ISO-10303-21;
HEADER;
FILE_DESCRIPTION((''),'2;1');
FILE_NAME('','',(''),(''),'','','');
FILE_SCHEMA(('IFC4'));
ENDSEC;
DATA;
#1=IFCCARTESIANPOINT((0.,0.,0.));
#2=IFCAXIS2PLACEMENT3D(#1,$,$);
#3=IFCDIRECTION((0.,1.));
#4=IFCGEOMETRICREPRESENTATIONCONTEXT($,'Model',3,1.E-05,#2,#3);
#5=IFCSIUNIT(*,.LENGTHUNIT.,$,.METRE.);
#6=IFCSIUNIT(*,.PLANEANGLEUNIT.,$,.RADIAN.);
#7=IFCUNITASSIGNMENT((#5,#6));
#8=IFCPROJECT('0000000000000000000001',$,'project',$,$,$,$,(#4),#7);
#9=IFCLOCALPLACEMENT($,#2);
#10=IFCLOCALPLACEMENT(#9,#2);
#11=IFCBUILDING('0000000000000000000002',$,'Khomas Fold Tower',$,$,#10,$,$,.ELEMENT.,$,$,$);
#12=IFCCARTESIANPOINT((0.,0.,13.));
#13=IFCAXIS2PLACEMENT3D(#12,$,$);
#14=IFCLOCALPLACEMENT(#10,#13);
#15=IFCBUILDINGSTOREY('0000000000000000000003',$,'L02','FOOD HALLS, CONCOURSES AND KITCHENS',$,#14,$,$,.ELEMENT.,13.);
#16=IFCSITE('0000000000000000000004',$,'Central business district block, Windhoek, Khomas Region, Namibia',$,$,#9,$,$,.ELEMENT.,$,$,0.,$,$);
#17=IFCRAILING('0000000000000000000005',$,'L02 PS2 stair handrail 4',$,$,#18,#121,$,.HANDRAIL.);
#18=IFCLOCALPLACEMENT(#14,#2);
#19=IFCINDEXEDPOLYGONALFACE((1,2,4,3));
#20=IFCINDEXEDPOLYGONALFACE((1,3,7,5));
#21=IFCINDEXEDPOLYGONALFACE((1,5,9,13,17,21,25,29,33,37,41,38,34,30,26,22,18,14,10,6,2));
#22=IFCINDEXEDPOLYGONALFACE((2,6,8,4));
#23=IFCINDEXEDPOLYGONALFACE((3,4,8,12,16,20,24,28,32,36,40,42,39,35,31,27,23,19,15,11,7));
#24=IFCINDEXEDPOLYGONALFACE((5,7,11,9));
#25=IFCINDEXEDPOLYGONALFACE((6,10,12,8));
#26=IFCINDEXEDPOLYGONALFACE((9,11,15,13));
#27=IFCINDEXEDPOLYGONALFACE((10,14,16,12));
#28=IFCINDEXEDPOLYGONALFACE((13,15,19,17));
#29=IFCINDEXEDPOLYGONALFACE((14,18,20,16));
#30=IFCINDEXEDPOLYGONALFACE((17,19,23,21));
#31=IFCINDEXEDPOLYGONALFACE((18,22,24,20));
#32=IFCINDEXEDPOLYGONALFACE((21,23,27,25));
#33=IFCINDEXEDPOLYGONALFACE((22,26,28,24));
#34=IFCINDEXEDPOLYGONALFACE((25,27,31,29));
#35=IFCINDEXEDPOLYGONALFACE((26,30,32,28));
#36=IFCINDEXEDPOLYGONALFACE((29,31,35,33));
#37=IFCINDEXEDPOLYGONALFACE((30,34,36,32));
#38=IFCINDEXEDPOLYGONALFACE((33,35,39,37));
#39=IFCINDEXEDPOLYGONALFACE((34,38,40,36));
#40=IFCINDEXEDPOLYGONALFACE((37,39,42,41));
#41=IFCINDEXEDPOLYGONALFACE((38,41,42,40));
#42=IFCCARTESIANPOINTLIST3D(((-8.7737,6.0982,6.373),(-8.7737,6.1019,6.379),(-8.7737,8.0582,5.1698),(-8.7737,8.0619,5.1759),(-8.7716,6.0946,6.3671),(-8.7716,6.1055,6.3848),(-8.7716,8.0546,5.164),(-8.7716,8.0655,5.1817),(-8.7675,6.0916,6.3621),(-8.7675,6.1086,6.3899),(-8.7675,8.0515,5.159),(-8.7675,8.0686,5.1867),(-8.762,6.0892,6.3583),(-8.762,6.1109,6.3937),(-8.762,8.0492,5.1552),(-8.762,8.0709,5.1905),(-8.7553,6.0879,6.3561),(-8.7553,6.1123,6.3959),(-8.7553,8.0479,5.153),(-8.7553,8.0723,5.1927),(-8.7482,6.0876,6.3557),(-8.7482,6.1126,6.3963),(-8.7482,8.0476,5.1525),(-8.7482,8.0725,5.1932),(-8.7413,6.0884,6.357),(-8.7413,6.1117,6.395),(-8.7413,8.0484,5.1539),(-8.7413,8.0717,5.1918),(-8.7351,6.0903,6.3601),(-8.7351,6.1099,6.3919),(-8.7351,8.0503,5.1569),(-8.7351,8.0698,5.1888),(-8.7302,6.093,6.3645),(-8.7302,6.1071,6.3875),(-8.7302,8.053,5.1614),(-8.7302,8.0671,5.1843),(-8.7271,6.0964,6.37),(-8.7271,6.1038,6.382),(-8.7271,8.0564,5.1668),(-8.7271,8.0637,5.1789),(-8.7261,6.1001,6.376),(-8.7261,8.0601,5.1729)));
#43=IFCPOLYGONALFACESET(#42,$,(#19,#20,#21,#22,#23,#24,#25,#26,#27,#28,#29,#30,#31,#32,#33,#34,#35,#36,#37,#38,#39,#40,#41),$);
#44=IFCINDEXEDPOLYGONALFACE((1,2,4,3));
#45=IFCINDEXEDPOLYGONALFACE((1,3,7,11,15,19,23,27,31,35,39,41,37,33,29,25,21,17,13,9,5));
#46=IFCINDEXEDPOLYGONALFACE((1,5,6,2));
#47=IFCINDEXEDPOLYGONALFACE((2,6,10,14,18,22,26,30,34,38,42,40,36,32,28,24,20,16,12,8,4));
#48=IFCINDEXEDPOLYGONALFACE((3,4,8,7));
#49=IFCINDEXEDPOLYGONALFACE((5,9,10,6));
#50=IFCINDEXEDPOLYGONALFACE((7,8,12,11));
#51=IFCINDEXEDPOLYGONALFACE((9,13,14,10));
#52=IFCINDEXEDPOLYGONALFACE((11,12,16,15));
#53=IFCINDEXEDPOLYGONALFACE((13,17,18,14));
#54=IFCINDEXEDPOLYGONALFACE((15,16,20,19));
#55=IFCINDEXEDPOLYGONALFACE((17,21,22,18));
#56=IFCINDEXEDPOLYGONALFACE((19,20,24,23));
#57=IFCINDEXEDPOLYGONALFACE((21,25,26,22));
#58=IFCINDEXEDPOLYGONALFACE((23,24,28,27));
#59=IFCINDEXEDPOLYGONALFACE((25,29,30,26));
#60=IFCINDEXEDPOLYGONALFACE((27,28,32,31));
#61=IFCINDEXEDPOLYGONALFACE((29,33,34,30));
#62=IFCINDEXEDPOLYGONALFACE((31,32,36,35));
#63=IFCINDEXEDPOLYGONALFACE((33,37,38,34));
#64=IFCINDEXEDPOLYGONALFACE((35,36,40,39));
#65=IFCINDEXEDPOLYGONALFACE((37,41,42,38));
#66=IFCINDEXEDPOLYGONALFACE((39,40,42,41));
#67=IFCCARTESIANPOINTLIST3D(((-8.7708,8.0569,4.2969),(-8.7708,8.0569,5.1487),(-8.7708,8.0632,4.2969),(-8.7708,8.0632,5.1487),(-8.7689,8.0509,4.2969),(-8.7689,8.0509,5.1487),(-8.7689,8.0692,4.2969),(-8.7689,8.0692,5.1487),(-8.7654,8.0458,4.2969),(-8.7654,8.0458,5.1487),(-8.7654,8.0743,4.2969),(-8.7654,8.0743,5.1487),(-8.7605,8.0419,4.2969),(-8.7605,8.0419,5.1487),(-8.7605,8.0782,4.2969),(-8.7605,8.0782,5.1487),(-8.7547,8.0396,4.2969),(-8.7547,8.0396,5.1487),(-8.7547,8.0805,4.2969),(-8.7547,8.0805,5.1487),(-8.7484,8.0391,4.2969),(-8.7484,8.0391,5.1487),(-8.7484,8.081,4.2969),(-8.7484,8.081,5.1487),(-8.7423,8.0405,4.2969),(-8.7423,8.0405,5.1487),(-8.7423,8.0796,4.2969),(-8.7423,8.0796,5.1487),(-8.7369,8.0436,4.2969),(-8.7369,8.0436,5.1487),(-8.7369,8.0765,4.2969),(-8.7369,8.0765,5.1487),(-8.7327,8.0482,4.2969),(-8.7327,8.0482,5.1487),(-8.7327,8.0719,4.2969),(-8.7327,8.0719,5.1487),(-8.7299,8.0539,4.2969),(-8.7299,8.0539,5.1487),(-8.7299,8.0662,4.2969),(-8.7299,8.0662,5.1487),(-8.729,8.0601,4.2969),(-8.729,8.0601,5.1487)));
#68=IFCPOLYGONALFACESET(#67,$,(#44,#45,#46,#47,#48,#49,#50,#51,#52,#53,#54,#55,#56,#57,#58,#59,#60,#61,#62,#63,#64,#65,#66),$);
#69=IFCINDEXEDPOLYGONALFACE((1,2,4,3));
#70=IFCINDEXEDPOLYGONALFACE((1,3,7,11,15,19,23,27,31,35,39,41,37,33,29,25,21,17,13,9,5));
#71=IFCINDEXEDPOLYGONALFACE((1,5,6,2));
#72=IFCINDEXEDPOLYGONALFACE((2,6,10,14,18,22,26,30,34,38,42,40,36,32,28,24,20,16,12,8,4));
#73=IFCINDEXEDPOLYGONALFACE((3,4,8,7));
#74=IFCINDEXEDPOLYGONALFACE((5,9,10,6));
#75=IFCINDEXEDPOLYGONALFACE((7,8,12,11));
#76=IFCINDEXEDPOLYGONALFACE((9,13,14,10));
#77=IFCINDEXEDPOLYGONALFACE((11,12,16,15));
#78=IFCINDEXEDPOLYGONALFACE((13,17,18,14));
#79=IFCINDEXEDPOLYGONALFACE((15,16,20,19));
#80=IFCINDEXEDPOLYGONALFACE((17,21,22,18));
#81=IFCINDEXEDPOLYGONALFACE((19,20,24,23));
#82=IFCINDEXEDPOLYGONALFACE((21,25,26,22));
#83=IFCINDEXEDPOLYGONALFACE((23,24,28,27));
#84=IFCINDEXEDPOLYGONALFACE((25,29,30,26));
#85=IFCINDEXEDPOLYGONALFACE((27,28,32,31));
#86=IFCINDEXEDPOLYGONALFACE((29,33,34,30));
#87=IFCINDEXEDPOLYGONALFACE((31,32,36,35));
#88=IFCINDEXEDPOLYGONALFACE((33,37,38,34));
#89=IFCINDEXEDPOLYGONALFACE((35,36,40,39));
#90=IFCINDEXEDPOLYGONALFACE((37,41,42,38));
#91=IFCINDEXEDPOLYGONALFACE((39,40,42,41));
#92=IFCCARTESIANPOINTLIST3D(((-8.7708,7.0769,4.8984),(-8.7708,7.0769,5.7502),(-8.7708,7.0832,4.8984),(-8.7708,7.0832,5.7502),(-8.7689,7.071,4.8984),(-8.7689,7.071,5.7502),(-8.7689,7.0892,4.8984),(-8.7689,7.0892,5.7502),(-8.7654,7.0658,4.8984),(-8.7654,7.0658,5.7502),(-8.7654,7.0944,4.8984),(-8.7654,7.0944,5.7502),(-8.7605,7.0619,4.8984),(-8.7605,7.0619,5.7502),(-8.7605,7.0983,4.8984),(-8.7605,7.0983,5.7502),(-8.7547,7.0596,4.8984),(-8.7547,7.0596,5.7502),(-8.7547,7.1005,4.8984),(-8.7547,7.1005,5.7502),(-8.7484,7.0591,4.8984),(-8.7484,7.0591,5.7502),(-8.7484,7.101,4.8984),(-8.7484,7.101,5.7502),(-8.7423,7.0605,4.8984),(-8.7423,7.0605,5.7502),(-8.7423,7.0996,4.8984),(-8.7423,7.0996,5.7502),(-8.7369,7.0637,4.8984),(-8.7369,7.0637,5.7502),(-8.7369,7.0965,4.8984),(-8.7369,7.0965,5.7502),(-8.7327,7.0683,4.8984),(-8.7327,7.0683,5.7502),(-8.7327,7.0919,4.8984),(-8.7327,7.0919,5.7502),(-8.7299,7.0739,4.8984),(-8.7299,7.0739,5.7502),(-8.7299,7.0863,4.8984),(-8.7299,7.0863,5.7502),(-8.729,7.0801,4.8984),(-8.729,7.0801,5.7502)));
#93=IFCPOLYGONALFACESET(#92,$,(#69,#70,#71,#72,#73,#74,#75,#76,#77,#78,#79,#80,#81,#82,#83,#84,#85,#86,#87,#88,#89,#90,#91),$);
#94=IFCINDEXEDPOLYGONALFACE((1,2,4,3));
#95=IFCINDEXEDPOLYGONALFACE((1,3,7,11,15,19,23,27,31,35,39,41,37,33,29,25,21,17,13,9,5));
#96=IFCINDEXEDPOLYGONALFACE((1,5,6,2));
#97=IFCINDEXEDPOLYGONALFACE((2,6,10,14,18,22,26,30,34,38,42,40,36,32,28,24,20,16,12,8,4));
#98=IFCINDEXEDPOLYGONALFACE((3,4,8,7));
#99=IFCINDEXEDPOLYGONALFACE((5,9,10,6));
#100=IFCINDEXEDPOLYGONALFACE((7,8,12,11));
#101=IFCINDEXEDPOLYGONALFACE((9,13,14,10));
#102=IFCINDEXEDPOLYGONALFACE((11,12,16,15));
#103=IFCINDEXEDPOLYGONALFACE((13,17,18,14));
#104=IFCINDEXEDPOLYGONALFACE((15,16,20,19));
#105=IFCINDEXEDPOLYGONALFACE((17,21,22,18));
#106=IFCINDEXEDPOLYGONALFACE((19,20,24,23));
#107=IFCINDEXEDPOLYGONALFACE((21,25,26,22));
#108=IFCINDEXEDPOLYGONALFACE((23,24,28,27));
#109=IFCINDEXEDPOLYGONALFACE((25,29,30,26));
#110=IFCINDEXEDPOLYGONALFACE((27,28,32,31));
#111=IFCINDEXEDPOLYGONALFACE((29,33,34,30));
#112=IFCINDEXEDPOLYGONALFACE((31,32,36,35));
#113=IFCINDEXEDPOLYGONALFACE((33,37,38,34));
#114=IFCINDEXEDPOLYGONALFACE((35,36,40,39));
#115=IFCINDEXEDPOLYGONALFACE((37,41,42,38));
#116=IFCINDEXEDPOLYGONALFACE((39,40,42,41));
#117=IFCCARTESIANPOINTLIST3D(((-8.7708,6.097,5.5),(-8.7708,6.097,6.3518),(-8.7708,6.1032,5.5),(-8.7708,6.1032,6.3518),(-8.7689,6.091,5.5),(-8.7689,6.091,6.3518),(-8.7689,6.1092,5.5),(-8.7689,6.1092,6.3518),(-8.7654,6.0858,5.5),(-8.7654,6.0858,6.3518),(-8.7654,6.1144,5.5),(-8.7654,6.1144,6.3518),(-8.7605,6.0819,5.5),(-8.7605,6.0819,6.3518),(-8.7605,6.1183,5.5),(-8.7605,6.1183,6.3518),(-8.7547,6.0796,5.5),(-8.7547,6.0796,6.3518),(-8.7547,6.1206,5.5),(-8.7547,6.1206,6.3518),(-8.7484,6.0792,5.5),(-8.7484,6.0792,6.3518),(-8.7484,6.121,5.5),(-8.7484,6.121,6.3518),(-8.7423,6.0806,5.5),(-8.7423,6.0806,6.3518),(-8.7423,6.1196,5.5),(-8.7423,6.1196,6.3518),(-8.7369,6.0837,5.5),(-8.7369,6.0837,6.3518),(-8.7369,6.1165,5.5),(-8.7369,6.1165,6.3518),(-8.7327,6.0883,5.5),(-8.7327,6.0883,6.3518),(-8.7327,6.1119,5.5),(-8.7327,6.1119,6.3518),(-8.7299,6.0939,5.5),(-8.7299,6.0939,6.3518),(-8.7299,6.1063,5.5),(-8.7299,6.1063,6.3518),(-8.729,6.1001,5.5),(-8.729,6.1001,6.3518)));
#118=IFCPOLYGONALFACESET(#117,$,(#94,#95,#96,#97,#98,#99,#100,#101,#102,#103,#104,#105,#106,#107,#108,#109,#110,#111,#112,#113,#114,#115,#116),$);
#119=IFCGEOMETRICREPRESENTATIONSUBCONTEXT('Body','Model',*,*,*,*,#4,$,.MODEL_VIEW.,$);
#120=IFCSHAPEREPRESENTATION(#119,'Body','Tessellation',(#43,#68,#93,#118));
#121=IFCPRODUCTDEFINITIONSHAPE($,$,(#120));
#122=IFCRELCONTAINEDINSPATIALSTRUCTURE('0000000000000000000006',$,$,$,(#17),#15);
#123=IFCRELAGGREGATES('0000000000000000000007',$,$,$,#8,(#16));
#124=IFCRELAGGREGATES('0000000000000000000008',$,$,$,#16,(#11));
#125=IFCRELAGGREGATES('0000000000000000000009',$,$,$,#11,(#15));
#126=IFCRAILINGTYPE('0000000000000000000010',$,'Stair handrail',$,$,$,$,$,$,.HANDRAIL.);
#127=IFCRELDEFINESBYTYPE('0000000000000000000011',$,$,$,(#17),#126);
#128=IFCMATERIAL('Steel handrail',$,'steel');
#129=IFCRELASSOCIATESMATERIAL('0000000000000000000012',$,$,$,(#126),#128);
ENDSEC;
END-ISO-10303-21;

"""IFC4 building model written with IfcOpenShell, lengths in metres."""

from ifc_helpers import new_model, si_unit, direction, frame, origin, origin_2d, place, context, subcontext, project, spatial, circle, extrude, source, transform, mapped, material, type_object, element, save


model = new_model("IFC4")

# Units and contexts
model_context = context("Model", 3, precision=1e-05, world=origin(), true_north=direction((0.0, 1.0)))
body_context = subcontext(model_context, "Body", "Model", "MODEL_VIEW")
ifc_project = project(units=[si_unit("LENGTHUNIT", "METRE"), si_unit("PLANEANGLEUNIT", "RADIAN")], contexts=[model_context])

# Site, building, storey
site_placement = place(None, origin())
site = spatial("IfcSite", under=ifc_project, at=site_placement, Name="Central business district block, Windhoek, Khomas Region, Namibia", CompositionType="ELEMENT", RefElevation=0.0)
building_placement = place(site_placement, origin())
building = spatial("IfcBuilding", under=site, at=building_placement, Name="Khomas Fold Tower", CompositionType="ELEMENT")
storey_placement = place(building_placement, frame((0.0, 0.0, 13.0)))
storey = spatial("IfcBuildingStorey", under=building, at=storey_placement, Name="L02", Description="FOOD HALLS, CONCOURSES AND KITCHENS", CompositionType="ELEMENT", Elevation=13.0)

# Railing
ifc_material_1 = material(Name="Steel handrail", Category="steel")
railing_type_1 = type_object("IfcRailingType", Name="Stair handrail", PredefinedType="HANDRAIL", material=ifc_material_1)
shared_shape_1 = source(origin(), body_context, "Body", "SweptSolid", [
    extrude(circle(Radius=0.0239, at=origin_2d()), frame((0.0, 0.0, 0.876), z_axis=(0.0, -0.852241, 0.523149), x_axis=(1.0, 0.0, 0.0)), (0.0, 0.0, 1.0), 2.2998),
    extrude(circle(Radius=0.021, at=origin_2d()), origin(), (0.0, 0.0, 1.0), 0.8518),
    extrude(circle(Radius=0.021, at=origin_2d()), frame((0.0, -0.98, 0.6016)), (0.0, 0.0, 1.0), 0.8518),
    extrude(circle(Radius=0.021, at=origin_2d()), frame((0.0, -1.96, 1.2031)), (0.0, 0.0, 1.0), 0.8518),
])
for number, where, name in (
    (1, (-8.75, 8.0601, 4.2969), "L02 PS2 stair handrail 4"),
):
    element("IfcRailing", number, at=place(storey_placement, frame(where)), inside=storey, type_object=railing_type_1, Name=name, PredefinedType="HANDRAIL", context=body_context, shape_type="MappedRepresentation", body=[
        mapped(shared_shape_1, transform((0.0, 0.0, 0.0))),
    ])

save(model, "model.ifc")
